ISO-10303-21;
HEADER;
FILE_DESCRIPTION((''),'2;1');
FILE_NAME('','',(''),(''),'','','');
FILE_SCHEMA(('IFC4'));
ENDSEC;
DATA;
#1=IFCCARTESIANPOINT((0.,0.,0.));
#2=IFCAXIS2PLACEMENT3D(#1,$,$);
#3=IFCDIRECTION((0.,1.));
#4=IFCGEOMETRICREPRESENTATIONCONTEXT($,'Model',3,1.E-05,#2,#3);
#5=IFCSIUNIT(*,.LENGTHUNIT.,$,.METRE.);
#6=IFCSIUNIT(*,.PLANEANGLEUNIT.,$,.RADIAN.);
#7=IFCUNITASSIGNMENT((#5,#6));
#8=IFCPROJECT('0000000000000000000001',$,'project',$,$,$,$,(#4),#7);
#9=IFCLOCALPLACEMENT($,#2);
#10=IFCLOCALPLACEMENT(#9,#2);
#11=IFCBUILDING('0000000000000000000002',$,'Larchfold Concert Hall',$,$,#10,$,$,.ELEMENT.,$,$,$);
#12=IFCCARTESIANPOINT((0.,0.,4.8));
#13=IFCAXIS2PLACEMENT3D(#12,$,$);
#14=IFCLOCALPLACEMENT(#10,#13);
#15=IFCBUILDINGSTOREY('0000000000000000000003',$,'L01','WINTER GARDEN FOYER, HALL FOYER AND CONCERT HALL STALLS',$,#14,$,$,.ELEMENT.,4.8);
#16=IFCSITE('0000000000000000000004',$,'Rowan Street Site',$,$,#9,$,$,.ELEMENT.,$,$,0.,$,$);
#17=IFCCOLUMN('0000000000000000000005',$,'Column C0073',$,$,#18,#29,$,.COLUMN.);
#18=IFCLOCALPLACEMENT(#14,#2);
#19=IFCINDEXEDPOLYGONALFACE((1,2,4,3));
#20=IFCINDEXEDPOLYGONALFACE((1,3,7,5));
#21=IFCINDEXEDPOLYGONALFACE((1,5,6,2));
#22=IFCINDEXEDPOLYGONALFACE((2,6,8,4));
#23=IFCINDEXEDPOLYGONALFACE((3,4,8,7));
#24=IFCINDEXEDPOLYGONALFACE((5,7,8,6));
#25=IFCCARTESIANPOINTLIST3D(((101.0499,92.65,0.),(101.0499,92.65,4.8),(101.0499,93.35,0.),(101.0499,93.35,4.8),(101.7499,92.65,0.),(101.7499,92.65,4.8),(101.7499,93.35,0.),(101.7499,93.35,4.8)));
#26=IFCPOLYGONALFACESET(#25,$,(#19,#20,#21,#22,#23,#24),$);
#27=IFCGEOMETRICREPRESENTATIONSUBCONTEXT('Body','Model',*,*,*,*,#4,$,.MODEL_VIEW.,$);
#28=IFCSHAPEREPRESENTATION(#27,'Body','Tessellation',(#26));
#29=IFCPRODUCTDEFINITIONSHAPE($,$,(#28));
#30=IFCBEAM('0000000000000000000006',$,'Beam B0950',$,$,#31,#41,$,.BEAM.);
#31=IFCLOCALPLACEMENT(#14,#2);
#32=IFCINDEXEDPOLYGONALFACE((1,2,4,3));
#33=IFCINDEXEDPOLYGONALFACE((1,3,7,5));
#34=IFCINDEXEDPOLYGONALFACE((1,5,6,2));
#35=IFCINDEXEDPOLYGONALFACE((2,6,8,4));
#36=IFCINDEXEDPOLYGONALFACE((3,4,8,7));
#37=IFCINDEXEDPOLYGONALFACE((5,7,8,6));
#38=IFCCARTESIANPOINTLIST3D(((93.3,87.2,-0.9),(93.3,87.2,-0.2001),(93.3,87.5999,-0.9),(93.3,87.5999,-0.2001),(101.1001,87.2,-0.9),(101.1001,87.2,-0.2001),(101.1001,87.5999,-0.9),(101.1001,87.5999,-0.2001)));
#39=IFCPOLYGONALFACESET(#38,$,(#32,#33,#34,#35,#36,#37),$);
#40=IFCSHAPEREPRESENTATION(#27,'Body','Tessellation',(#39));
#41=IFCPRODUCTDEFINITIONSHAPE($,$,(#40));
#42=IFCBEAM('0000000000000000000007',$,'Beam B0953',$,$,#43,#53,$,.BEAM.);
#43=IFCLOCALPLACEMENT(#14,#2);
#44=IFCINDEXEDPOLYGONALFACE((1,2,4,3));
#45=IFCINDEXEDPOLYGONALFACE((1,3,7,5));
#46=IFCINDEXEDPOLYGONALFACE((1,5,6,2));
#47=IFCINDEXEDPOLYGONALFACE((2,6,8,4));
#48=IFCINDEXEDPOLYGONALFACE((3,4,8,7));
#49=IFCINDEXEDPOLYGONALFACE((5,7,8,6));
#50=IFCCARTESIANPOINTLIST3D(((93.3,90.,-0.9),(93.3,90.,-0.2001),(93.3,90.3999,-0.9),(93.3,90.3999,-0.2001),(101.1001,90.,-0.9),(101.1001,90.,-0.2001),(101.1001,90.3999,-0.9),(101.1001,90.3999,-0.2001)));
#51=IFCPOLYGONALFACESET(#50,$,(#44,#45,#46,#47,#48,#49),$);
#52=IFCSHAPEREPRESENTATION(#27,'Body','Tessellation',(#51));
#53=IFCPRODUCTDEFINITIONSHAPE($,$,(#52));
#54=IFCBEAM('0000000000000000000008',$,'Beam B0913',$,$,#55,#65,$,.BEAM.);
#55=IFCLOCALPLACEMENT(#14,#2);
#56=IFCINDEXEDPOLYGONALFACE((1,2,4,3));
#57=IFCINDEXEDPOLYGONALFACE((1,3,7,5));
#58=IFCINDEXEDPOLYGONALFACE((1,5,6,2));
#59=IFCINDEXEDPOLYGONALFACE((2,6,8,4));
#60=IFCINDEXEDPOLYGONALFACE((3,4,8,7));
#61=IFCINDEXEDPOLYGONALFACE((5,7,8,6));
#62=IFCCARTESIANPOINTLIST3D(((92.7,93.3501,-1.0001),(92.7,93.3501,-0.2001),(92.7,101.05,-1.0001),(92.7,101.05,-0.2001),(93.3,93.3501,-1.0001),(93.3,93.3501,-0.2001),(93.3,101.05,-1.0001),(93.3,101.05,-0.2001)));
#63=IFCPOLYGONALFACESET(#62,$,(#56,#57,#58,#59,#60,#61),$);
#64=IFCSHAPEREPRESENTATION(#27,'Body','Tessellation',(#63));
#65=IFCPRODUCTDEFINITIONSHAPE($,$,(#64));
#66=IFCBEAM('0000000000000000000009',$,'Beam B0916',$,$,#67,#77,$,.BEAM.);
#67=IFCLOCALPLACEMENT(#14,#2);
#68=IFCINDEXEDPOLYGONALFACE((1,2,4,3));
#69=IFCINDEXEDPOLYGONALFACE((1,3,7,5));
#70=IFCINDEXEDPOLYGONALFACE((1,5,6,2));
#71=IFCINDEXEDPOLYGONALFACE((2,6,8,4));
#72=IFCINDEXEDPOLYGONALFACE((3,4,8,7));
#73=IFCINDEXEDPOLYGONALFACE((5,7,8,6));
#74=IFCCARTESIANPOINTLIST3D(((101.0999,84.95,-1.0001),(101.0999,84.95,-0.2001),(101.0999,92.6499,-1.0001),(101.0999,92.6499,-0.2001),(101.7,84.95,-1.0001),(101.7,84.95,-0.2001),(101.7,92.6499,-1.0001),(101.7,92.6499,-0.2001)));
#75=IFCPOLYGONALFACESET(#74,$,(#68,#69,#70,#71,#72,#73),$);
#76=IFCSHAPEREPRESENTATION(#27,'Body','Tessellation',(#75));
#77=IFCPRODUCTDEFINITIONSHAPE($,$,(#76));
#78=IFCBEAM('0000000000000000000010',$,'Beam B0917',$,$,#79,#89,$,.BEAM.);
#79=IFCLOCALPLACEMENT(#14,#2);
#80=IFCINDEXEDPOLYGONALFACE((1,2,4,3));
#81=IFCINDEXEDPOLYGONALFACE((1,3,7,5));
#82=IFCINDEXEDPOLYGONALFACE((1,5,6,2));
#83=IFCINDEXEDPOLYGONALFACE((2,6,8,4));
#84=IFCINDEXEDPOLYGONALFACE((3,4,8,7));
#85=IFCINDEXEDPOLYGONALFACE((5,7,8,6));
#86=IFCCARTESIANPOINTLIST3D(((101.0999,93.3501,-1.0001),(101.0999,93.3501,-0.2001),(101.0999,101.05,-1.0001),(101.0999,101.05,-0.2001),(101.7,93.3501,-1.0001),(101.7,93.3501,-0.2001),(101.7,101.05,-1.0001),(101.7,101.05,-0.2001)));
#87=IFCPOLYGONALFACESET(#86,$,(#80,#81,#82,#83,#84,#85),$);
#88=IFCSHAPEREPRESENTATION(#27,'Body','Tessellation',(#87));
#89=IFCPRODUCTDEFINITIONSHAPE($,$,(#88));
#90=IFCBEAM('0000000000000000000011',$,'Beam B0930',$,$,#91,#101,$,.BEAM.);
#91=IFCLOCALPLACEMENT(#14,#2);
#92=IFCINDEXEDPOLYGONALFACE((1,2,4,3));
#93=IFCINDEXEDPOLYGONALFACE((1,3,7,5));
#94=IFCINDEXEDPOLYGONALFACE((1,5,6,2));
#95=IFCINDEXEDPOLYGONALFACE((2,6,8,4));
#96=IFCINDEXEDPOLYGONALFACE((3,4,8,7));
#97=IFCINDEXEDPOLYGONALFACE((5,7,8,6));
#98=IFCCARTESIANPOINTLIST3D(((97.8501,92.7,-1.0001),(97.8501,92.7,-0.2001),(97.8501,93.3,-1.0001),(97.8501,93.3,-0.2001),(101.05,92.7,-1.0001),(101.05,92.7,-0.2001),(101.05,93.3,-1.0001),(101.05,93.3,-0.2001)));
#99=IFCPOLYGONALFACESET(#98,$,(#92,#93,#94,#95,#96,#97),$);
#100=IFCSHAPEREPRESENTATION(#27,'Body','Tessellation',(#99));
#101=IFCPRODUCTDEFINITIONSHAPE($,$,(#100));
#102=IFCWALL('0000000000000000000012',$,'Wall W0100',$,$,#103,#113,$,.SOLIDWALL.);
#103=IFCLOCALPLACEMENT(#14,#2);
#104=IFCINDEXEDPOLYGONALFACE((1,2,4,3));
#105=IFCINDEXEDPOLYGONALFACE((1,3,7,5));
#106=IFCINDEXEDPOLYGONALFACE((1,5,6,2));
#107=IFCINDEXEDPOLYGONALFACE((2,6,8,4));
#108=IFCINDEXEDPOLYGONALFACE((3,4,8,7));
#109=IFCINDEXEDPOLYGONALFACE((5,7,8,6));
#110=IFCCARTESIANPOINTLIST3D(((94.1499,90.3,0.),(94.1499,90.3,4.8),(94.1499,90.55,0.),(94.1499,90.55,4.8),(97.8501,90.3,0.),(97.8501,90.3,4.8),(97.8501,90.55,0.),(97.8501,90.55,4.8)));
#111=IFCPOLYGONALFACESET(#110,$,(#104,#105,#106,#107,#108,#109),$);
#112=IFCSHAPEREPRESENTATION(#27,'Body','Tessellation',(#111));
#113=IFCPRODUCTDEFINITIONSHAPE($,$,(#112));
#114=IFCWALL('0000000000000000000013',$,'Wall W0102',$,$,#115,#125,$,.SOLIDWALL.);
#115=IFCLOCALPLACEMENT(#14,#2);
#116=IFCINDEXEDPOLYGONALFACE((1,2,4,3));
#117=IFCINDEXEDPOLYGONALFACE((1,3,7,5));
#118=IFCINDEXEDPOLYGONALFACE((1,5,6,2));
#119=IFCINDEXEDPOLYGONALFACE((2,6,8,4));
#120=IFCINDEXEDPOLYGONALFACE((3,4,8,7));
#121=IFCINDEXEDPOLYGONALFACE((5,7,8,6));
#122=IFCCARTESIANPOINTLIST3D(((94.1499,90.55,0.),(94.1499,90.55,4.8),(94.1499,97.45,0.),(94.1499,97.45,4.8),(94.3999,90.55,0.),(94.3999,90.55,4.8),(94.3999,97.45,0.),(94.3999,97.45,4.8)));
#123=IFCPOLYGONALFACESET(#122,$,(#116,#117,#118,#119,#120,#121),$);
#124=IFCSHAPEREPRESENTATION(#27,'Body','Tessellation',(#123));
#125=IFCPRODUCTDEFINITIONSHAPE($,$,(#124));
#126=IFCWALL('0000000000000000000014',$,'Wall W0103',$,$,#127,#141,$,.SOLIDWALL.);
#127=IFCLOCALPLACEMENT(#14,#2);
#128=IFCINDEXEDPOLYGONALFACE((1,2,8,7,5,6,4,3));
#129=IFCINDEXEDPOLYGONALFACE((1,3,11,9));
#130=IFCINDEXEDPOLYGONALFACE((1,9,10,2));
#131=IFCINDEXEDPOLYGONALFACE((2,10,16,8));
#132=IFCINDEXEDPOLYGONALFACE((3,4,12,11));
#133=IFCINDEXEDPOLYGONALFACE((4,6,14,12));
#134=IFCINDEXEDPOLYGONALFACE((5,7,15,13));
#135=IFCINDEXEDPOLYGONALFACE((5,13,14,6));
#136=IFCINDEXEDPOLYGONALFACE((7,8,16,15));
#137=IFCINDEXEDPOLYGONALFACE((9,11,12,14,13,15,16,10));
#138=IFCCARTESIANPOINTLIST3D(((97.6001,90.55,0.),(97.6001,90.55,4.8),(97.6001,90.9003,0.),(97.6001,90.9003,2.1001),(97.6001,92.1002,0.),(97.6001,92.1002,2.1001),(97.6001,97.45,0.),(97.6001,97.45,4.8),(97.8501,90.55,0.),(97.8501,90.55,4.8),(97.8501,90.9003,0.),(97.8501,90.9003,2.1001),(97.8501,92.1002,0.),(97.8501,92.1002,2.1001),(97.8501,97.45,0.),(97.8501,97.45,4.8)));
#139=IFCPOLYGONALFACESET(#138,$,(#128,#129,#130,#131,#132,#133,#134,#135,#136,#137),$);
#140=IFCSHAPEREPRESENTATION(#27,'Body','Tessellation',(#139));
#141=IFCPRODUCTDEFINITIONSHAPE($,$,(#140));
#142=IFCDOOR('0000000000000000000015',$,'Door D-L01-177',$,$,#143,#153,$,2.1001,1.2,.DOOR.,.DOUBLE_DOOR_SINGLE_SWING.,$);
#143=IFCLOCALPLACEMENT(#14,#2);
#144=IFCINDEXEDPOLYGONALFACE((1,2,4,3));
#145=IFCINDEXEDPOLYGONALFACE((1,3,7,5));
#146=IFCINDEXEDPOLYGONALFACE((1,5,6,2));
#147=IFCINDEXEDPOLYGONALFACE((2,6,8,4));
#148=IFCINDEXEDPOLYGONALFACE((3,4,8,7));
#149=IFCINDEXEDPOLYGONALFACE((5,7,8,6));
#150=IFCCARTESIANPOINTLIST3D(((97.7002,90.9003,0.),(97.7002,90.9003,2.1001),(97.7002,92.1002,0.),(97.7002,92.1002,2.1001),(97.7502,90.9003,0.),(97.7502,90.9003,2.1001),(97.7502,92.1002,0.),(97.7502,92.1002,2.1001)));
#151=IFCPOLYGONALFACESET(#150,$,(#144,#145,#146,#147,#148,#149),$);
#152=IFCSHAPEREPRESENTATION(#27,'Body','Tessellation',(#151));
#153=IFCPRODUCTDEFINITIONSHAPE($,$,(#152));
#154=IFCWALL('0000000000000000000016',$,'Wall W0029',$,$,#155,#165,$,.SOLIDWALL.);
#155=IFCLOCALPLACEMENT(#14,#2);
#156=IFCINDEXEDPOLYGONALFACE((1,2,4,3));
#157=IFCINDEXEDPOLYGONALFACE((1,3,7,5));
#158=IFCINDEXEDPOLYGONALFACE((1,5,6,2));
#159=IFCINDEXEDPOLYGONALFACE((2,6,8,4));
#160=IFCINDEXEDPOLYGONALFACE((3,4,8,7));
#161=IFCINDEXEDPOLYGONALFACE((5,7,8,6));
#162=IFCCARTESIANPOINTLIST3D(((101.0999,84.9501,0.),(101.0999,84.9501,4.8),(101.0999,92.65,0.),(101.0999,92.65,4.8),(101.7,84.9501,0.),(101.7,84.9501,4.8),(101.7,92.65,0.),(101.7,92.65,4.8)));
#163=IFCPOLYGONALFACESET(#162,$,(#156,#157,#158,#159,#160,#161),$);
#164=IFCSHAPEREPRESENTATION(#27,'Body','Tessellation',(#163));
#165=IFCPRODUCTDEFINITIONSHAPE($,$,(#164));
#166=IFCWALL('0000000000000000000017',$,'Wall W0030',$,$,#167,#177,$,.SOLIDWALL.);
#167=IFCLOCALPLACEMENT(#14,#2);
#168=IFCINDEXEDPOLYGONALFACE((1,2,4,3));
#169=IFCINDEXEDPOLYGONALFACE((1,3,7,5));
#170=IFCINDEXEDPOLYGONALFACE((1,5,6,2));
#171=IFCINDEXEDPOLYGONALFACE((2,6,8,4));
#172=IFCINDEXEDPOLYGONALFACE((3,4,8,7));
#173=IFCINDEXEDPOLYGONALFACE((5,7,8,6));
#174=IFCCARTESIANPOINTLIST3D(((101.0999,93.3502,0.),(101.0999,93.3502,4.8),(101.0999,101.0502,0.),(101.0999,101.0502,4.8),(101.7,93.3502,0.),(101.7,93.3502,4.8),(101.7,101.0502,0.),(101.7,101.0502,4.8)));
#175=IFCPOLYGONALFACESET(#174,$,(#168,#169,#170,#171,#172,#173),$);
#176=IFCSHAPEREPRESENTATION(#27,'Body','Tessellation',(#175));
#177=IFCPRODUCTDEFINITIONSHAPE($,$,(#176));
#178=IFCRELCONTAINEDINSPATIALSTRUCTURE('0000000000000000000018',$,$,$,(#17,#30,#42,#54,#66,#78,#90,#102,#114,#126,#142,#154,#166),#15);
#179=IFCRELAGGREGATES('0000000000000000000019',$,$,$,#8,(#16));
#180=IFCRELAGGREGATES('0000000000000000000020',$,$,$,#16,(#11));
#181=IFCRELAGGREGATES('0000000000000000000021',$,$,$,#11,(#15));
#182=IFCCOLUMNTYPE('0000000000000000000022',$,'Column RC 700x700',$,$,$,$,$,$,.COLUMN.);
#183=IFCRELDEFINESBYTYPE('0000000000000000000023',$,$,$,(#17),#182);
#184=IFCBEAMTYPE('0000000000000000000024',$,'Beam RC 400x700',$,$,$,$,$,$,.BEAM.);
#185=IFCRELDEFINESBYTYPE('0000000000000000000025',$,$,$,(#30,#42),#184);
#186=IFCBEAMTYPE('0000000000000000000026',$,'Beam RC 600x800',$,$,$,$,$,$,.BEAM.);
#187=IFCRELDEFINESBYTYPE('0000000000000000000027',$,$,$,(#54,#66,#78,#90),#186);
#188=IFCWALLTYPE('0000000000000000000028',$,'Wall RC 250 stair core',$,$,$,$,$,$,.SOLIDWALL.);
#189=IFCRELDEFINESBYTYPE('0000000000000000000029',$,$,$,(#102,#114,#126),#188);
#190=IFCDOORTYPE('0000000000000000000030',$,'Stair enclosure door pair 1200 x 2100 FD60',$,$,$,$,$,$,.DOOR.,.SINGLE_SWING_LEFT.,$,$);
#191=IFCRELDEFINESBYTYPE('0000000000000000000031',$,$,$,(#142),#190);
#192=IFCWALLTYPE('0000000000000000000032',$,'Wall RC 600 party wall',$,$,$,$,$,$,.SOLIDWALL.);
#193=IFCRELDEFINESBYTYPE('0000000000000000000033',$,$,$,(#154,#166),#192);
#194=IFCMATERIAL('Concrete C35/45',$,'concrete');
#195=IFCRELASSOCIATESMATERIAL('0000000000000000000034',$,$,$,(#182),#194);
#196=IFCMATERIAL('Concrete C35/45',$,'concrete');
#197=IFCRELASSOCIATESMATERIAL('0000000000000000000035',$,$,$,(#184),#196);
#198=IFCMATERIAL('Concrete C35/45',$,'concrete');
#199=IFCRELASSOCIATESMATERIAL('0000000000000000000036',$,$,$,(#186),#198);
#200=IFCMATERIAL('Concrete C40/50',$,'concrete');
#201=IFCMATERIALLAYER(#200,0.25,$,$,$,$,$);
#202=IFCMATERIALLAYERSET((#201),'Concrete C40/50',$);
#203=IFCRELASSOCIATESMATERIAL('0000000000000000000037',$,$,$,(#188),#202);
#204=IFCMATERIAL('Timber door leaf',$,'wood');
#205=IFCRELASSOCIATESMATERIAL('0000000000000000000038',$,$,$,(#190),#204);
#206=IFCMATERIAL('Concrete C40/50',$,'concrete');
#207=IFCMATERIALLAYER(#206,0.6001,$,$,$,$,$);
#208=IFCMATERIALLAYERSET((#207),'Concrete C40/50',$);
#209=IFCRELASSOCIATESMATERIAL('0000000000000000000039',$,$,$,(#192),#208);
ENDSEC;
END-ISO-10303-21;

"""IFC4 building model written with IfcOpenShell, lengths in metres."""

from ifc_helpers import new_model, si_unit, direction, frame, frame_2d, origin, origin_2d, place, context, subcontext, project, spatial, rectangle, extrude, material, layer, layer_set, material_profile, profile_set, type_object, element, fill, save


model = new_model("IFC4")

# Units and contexts
model_context = context("Model", 3, precision=1e-05, world=origin(), true_north=direction((0.0, 1.0)))
body_context = subcontext(model_context, "Body", "Model", "MODEL_VIEW")
ifc_project = project(units=[si_unit("LENGTHUNIT", "METRE"), si_unit("PLANEANGLEUNIT", "RADIAN")], contexts=[model_context])

# Site, building, storey
site_placement = place(None, origin())
site = spatial("IfcSite", under=ifc_project, at=site_placement, Name="Rowan Street Site", CompositionType="ELEMENT", RefElevation=0.0)
building_placement = place(site_placement, origin())
building = spatial("IfcBuilding", under=site, at=building_placement, Name="Larchfold Concert Hall", CompositionType="ELEMENT")
storey_placement = place(building_placement, frame((0.0, 0.0, 4.8)))
storey = spatial("IfcBuildingStorey", under=building, at=storey_placement, Name="L01", Description="WINTER GARDEN FOYER, HALL FOYER AND CONCERT HALL STALLS", CompositionType="ELEMENT", Elevation=4.8)

# Column
ifc_material_1 = material(Name="Concrete C35/45", Category="concrete")
ifc_material_profile_1 = material_profile(ifc_material_1, rectangle(XDim=0.7, YDim=0.7, at=origin_2d()))
ifc_profile_set_1 = profile_set([ifc_material_profile_1], Name="Concrete C35/45")
column_type = type_object("IfcColumnType", Name="Column RC 700x700", PredefinedType="COLUMN", material=ifc_profile_set_1)
column_placement = place(storey_placement, frame((101.3999, 93.0, 0.0), z_axis=(0.0, 0.0, 1.0), x_axis=(1.0, 0.0, 0.0)))
element("IfcColumn", 1, at=column_placement, inside=storey, type_object=column_type, Name="Column C0073", PredefinedType="COLUMN", context=body_context, shape_type="SweptSolid", body=[
    extrude(rectangle(XDim=0.7, YDim=0.7, at=origin_2d()), origin(), (0.0, 0.0, 1.0), 4.8),
])

# Beams
ifc_material_2 = material(Name="Concrete C35/45", Category="concrete")
ifc_material_profile_2 = material_profile(ifc_material_2, rectangle(XDim=0.3999, YDim=0.7, at=origin_2d()))
ifc_profile_set_2 = profile_set([ifc_material_profile_2], Name="Concrete C35/45")
beam_type_1 = type_object("IfcBeamType", Name="Beam RC 400x700", PredefinedType="BEAM", material=ifc_profile_set_2)
for number, where, z_axis, x_axis, name in (
    (2, (93.3, 87.3999, -0.55), (1.0, 0.0, 0.0), (0.0, 1.0, 0.0), "Beam B0950"),
    (3, (93.3, 90.2, -0.55), (1.0, 0.0, 0.0), (0.0, 1.0, 0.0), "Beam B0953"),
):
    element("IfcBeam", number, at=place(storey_placement, frame(where, z_axis=z_axis, x_axis=x_axis)), inside=storey, type_object=beam_type_1, Name=name, PredefinedType="BEAM", context=body_context, shape_type="SweptSolid", body=[
        extrude(rectangle(XDim=0.3999, YDim=0.7, at=origin_2d()), origin(), (0.0, 0.0, 1.0), 7.8),
    ])
ifc_material_3 = material(Name="Concrete C35/45", Category="concrete")
ifc_material_profile_3 = material_profile(ifc_material_3, rectangle(XDim=0.6001, YDim=0.8, at=origin_2d()))
ifc_profile_set_3 = profile_set([ifc_material_profile_3], Name="Concrete C35/45")
beam_type_2 = type_object("IfcBeamType", Name="Beam RC 600x800", PredefinedType="BEAM", material=ifc_profile_set_3)
for number, where, z_axis, x_axis, name in (
    (4, (93.0, 93.3501, -0.6001), (0.0, 1.0, 0.0), (-1.0, 0.0, 0.0), "Beam B0913"),
    (5, (101.3999, 84.95, -0.6001), (0.0, 1.0, 0.0), (-1.0, 0.0, 0.0), "Beam B0916"),
    (6, (101.3999, 93.3501, -0.6001), (0.0, 1.0, 0.0), (-1.0, 0.0, 0.0), "Beam B0917"),
):
    element("IfcBeam", number, at=place(storey_placement, frame(where, z_axis=z_axis, x_axis=x_axis)), inside=storey, type_object=beam_type_2, Name=name, PredefinedType="BEAM", context=body_context, shape_type="SweptSolid", body=[
        extrude(rectangle(XDim=0.6001, YDim=0.8, at=origin_2d()), origin(), (0.0, 0.0, 1.0), 7.7),
    ])
beam_placement = place(storey_placement, frame((97.8501, 93.0, -0.6001), z_axis=(1.0, 0.0, 0.0), x_axis=(0.0, 1.0, 0.0)))
element("IfcBeam", 7, at=beam_placement, inside=storey, type_object=beam_type_2, Name="Beam B0930", PredefinedType="BEAM", context=body_context, shape_type="SweptSolid", body=[
    extrude(rectangle(XDim=0.6001, YDim=0.8, at=origin_2d()), origin(), (0.0, 0.0, 1.0), 3.2),
])

# Walls
ifc_material_4 = material(Name="Concrete C40/50", Category="concrete")
ifc_layer_1 = layer(ifc_material_4, 0.25)
ifc_layer_set_1 = layer_set([ifc_layer_1], Name="Concrete C40/50")
wall_type_1 = type_object("IfcWallType", Name="Wall RC 250 stair core", PredefinedType="SOLIDWALL", material=ifc_layer_set_1)
wall_1_placement = place(storey_placement, frame((94.1499, 90.425, 0.0), z_axis=(0.0, 0.0, 1.0), x_axis=(1.0, 0.0, 0.0)))
element("IfcWall", 8, at=wall_1_placement, inside=storey, type_object=wall_type_1, Name="Wall W0100", PredefinedType="SOLIDWALL", context=body_context, shape_type="SweptSolid", body=[
    extrude(rectangle(XDim=3.7002, YDim=0.25, at=frame_2d((1.8501, 0.0))), origin(), (0.0, 0.0, 1.0), 4.8),
])
wall_2_placement = place(storey_placement, frame((94.2749, 90.55, 0.0), z_axis=(0.0, 0.0, 1.0), x_axis=(0.0, 1.0, 0.0)))
element("IfcWall", 9, at=wall_2_placement, inside=storey, type_object=wall_type_1, Name="Wall W0102", PredefinedType="SOLIDWALL", context=body_context, shape_type="SweptSolid", body=[
    extrude(rectangle(XDim=6.8999, YDim=0.25, at=frame_2d((3.45, 0.0))), origin(), (0.0, 0.0, 1.0), 4.8),
])

# Wall, opening, door
wall_3_placement = place(storey_placement, frame((97.7251, 90.55, 0.0), z_axis=(0.0, 0.0, 1.0), x_axis=(0.0, 1.0, 0.0)))
wall_3 = element("IfcWall", 10, at=wall_3_placement, inside=storey, type_object=wall_type_1, Name="Wall W0103", PredefinedType="SOLIDWALL", context=body_context, shape_type="SweptSolid", body=[
    extrude(rectangle(XDim=6.8999, YDim=0.25, at=frame_2d((3.45, 0.0))), origin(), (0.0, 0.0, 1.0), 4.8),
])
opening_1_placement = place(wall_3_placement, frame((0.3501, 0.0, 0.0)))
opening_1 = element("IfcOpeningElement", 11, at=opening_1_placement, cuts=wall_3, PredefinedType="OPENING", context=body_context, shape_type="SweptSolid", body=[
    extrude(rectangle(XDim=1.2, YDim=2.1001, at=frame_2d((0.6001, 1.05))), frame((0.0, 0.135, 0.0), z_axis=(0.0, -1.0, 0.0), x_axis=(1.0, 0.0, 0.0)), (0.0, 0.0, 1.0), 0.27),
])
ifc_material_5 = material(Name="Timber door leaf", Category="wood")
door_type_1 = type_object("IfcDoorType", Name="Stair enclosure door pair 1200 x 2100 FD60", OperationType="SINGLE_SWING_LEFT", PredefinedType="DOOR", material=ifc_material_5)
door_1_placement = place(opening_1_placement, origin())
door_1 = element("IfcDoor", 12, at=door_1_placement, inside=storey, type_object=door_type_1, Name="Door D-L01-177", OperationType="DOUBLE_DOOR_SINGLE_SWING", OverallHeight=2.1001, OverallWidth=1.2, PredefinedType="DOOR", context=body_context, shape_type="SweptSolid", body=[
    extrude(rectangle(XDim=1.2, YDim=2.1001, at=frame_2d((0.6001, 1.05))), frame((0.0, 0.0249, 0.0), z_axis=(0.0, -1.0, 0.0), x_axis=(1.0, 0.0, 0.0)), (0.0, 0.0, 1.0), 0.05),
])
fill(opening_1, door_1)

# Walls
ifc_material_6 = material(Name="Concrete C40/50", Category="concrete")
ifc_layer_2 = layer(ifc_material_6, 0.6001)
ifc_layer_set_2 = layer_set([ifc_layer_2], Name="Concrete C40/50")
wall_type_2 = type_object("IfcWallType", Name="Wall RC 600 party wall", PredefinedType="SOLIDWALL", material=ifc_layer_set_2)
for number, where, z_axis, x_axis, name in (
    (13, (101.3999, 84.95, 0.0), (0.0, 0.0, 1.0), (0.0, 1.0, 0.0), "Wall W0029"),
    (14, (101.3999, 93.3501, 0.0), (0.0, 0.0, 1.0), (0.0, 1.0, 0.0), "Wall W0030"),
):
    element("IfcWall", number, at=place(storey_placement, frame(where, z_axis=z_axis, x_axis=x_axis)), inside=storey, type_object=wall_type_2, Name=name, PredefinedType="SOLIDWALL", context=body_context, shape_type="SweptSolid", body=[
        extrude(rectangle(XDim=7.7, YDim=0.6001, at=frame_2d((3.8501, 0.0))), origin(), (0.0, 0.0, 1.0), 4.8),
    ])

save(model, "model.ifc")
